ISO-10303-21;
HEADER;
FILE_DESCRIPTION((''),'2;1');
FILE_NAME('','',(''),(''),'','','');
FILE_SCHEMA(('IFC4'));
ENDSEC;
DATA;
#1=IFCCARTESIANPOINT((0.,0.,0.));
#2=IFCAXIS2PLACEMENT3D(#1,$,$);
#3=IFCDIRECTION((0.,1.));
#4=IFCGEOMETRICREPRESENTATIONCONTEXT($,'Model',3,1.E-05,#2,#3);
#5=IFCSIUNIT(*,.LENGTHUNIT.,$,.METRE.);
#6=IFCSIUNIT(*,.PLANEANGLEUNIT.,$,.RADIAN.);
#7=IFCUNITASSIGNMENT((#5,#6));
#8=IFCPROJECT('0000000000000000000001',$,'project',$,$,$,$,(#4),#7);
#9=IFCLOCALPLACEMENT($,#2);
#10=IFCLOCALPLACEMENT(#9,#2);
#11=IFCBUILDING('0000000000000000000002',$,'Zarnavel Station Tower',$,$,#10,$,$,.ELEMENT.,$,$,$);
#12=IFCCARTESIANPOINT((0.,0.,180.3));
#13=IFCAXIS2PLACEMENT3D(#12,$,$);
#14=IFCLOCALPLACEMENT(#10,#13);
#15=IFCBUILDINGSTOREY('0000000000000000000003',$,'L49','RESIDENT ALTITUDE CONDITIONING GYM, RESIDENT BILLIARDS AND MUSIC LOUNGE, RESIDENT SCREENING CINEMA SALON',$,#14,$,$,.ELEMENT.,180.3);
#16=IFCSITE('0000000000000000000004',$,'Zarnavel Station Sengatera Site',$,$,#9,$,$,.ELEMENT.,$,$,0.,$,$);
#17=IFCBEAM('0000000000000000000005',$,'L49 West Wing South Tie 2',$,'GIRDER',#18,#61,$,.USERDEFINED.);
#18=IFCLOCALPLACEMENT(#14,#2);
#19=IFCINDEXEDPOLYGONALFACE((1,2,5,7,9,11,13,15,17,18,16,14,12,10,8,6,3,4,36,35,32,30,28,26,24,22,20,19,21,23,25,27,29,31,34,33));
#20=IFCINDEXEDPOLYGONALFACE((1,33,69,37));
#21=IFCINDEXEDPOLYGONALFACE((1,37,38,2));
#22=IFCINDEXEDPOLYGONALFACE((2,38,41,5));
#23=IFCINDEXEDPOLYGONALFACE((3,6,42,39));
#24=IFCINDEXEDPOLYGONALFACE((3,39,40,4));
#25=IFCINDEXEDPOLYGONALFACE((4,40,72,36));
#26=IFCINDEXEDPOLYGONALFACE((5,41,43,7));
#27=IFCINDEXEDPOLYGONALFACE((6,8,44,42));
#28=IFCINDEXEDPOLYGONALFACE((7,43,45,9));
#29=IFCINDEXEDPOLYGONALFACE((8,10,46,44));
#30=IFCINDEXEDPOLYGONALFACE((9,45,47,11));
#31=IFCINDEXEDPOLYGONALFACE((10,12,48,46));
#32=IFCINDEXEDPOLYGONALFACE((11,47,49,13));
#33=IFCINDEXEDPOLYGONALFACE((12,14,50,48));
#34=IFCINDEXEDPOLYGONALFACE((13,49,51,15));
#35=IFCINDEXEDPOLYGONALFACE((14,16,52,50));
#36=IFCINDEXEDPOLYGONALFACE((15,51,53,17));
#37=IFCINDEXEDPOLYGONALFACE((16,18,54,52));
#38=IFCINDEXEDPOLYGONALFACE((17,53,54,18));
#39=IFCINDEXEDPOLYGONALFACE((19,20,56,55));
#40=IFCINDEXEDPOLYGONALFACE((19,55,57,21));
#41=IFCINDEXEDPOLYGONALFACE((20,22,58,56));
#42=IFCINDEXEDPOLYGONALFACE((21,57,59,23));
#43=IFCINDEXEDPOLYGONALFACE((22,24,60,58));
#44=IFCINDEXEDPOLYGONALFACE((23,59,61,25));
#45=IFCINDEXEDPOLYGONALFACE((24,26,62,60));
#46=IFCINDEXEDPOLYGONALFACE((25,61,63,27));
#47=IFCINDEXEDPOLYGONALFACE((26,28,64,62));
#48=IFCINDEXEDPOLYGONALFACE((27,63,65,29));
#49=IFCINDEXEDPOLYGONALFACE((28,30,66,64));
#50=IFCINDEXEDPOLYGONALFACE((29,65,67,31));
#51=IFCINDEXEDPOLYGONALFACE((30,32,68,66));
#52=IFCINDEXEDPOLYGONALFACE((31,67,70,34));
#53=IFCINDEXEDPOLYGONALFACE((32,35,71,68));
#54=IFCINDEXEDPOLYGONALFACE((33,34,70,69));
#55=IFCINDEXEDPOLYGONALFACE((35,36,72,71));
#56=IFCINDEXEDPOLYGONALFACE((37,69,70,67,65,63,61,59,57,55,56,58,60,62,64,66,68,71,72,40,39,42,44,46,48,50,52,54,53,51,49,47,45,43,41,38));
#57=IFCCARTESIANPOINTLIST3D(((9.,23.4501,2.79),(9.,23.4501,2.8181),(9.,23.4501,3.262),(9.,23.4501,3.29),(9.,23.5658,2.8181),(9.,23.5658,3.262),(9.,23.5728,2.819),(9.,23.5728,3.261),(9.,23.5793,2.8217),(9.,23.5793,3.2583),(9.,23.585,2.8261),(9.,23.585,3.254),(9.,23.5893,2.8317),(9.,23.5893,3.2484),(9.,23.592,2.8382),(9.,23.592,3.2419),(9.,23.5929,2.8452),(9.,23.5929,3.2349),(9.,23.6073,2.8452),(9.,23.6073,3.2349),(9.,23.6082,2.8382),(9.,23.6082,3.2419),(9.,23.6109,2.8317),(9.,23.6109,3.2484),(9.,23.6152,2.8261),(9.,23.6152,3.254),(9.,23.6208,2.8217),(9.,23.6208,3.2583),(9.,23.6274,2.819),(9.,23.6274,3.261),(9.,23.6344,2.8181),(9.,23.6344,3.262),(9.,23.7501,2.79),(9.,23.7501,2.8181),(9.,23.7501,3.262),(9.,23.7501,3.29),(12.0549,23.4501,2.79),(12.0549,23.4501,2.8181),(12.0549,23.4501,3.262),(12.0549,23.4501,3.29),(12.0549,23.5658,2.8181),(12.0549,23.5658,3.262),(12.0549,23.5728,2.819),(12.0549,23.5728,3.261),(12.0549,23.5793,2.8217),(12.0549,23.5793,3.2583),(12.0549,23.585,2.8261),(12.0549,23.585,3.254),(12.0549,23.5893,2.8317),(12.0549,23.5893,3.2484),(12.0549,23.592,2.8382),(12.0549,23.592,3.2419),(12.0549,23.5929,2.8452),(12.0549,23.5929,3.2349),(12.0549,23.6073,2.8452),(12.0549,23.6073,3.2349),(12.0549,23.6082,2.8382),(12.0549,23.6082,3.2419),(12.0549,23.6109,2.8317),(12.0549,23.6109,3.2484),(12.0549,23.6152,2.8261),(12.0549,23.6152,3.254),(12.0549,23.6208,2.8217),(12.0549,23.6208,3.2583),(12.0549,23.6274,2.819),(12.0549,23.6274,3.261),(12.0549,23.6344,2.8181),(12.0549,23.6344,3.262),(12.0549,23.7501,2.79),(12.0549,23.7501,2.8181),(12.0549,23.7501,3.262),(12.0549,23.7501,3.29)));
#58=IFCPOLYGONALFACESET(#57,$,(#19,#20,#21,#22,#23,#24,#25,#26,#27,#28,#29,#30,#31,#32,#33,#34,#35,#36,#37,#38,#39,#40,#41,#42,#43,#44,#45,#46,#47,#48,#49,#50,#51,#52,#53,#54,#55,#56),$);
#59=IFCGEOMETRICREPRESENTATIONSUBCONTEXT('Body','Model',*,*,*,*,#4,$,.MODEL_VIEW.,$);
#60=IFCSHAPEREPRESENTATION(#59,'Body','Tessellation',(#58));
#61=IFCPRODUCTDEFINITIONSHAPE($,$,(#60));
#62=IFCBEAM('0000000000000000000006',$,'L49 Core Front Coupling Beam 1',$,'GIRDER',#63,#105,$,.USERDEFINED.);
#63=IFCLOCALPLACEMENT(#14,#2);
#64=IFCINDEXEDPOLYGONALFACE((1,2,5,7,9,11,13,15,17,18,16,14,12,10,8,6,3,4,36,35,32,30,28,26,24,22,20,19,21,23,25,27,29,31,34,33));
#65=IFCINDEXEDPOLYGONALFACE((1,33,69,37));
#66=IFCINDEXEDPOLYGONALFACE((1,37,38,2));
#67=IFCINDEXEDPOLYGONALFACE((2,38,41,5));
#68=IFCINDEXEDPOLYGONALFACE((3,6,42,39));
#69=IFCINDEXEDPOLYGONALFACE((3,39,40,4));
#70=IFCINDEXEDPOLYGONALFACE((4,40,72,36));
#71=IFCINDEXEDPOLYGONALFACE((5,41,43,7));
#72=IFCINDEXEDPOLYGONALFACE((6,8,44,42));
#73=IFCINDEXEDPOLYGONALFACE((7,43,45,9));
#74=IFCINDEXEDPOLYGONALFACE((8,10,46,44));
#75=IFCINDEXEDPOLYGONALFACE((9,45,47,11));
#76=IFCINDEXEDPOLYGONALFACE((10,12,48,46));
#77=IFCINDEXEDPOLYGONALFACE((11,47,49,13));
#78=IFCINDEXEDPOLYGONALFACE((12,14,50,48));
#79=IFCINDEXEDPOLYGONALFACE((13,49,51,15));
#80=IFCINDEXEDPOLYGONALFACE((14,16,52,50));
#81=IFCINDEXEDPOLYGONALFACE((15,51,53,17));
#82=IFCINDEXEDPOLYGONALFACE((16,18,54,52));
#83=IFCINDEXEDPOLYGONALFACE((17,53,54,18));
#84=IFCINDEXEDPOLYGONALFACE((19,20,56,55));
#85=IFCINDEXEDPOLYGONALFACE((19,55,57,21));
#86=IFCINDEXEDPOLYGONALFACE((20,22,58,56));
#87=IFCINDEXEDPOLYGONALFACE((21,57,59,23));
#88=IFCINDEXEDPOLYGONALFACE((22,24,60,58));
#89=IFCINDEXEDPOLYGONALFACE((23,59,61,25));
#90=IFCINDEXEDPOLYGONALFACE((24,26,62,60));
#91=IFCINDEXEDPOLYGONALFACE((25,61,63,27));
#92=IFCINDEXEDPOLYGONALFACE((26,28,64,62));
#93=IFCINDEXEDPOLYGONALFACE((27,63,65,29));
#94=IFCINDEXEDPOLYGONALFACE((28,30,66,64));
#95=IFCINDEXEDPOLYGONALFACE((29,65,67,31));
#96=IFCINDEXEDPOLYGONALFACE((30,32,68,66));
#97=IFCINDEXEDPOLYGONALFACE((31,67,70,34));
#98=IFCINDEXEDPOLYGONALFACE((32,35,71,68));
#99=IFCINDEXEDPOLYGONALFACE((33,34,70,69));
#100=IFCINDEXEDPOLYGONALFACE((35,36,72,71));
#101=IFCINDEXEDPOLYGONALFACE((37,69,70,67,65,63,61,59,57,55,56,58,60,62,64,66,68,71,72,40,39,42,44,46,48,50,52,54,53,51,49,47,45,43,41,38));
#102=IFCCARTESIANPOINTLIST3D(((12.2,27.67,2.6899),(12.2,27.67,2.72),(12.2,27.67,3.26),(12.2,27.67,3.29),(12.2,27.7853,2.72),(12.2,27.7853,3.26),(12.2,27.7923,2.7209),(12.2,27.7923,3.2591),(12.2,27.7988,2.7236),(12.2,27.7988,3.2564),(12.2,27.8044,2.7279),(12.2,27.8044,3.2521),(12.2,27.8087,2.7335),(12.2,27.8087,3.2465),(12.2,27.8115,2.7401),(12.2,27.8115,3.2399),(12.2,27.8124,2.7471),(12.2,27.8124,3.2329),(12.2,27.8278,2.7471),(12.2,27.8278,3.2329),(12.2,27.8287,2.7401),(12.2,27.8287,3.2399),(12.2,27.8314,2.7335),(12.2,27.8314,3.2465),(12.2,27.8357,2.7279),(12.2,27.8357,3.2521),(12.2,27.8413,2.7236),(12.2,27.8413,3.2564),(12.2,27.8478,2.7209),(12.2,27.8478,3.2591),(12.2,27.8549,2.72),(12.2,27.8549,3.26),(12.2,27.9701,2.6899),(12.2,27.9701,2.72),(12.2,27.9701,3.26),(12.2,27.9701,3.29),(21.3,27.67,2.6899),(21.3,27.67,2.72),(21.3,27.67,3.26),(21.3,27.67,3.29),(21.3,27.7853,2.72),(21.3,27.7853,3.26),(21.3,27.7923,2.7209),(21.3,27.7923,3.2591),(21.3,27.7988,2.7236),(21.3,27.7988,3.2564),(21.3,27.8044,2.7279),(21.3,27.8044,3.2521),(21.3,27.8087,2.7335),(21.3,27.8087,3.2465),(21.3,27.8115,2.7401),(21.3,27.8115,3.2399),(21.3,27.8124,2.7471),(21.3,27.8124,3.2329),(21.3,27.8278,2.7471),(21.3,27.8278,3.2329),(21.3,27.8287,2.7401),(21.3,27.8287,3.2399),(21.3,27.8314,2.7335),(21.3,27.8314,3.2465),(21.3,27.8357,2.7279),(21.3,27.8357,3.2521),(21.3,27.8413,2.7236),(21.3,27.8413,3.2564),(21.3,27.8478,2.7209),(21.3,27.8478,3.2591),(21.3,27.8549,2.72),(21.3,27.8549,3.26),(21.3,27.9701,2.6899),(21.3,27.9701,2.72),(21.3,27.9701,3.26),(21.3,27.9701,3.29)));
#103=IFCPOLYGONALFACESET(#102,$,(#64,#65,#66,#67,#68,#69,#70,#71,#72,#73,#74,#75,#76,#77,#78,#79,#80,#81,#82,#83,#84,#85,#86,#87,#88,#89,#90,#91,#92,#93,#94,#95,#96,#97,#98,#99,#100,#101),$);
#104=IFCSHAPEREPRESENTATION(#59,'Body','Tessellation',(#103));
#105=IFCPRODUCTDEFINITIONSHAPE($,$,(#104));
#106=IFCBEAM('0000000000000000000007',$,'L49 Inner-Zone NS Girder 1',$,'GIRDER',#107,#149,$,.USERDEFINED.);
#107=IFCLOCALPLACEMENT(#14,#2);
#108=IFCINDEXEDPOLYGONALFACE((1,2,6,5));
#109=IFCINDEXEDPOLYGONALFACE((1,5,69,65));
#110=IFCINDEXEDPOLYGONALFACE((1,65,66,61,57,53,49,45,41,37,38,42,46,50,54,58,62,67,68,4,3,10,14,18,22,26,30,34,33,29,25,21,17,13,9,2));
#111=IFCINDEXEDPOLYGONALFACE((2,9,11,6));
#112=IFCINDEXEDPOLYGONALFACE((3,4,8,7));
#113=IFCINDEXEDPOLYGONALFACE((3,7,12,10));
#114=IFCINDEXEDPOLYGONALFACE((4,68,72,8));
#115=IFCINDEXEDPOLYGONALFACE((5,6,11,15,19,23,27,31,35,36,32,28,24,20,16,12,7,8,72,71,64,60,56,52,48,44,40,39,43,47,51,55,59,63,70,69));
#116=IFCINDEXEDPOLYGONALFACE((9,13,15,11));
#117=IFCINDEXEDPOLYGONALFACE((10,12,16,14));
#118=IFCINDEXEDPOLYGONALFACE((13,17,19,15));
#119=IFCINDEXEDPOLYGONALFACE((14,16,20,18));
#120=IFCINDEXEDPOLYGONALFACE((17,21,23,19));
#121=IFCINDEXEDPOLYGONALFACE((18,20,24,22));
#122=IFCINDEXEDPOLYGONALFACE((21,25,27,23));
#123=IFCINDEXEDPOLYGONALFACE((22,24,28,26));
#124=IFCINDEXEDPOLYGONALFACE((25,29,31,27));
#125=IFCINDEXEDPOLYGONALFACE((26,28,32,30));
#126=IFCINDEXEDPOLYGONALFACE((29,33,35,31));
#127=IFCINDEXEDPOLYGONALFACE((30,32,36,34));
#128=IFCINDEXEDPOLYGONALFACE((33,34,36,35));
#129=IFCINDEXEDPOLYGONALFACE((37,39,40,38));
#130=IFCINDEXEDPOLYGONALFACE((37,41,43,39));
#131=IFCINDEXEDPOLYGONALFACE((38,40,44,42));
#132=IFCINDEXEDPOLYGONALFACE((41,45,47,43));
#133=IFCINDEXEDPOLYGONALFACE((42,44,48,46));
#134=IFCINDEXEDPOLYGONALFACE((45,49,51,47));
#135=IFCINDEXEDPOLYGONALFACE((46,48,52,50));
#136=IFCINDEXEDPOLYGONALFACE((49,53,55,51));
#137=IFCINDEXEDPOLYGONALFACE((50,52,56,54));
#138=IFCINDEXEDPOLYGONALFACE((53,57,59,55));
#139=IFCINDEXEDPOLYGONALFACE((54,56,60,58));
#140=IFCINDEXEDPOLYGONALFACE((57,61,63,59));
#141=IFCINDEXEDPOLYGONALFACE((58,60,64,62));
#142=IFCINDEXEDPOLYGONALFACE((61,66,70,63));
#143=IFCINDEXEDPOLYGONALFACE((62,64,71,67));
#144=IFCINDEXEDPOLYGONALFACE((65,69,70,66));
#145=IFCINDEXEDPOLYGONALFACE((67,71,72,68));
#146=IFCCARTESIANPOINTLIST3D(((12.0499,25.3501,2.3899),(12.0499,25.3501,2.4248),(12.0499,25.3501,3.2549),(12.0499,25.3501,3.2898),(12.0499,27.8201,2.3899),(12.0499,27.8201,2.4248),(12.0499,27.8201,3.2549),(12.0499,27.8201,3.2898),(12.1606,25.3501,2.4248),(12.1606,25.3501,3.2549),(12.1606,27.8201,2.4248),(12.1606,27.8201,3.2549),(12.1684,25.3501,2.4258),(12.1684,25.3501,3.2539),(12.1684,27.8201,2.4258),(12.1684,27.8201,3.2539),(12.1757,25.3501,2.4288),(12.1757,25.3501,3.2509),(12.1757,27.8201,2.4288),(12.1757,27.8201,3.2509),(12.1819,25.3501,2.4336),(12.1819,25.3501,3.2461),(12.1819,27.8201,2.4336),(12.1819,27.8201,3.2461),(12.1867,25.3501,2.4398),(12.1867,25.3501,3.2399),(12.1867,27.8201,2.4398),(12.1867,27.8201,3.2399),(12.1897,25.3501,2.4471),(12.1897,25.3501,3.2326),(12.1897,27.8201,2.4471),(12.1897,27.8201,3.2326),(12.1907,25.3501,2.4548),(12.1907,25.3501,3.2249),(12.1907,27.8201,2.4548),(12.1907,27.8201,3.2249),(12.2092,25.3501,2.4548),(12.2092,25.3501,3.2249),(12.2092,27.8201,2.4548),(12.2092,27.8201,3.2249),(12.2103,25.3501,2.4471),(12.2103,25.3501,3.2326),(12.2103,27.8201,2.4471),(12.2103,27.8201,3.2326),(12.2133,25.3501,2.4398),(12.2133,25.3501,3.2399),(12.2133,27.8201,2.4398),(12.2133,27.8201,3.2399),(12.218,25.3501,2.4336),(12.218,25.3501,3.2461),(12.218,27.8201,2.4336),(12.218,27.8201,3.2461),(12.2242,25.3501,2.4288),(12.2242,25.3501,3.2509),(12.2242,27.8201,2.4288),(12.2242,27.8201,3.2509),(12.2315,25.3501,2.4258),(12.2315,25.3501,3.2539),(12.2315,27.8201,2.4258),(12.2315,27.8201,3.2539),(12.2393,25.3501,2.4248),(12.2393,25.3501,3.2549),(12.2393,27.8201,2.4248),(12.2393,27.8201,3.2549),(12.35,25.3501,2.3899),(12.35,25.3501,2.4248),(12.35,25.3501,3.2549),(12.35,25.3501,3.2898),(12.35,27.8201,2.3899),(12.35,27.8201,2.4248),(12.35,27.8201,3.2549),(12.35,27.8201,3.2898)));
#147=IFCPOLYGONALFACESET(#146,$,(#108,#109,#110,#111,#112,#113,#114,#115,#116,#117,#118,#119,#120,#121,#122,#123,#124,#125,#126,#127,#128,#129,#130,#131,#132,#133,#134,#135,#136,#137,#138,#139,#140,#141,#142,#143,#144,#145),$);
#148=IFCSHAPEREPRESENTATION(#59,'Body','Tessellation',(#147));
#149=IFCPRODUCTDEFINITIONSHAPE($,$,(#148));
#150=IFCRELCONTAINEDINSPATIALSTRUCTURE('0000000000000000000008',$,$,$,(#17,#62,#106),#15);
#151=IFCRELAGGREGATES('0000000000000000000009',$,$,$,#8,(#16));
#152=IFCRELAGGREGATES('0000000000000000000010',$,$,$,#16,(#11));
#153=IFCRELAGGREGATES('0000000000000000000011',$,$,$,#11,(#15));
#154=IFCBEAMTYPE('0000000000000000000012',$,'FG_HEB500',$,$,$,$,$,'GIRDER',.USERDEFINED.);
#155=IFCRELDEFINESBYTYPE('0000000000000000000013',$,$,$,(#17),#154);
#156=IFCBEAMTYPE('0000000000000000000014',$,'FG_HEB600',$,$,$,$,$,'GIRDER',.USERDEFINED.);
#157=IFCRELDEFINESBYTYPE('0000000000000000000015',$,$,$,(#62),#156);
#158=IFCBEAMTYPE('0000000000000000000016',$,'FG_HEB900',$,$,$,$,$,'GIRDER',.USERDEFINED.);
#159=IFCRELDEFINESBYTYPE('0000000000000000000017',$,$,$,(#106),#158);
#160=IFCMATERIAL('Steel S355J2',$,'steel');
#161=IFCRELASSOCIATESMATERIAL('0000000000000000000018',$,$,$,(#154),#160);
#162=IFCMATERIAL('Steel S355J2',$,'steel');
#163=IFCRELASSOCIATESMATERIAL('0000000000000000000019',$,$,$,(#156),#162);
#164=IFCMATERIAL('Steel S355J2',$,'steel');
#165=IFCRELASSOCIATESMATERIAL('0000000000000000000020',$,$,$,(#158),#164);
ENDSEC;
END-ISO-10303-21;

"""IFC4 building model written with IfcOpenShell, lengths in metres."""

from ifc_helpers import new_model, si_unit, direction, frame, origin, origin_2d, place, context, subcontext, project, spatial, i_section, extrude, material, material_profile, profile_set, type_object, element, save


model = new_model("IFC4")

# Units and contexts
model_context = context("Model", 3, precision=1e-05, world=origin(), true_north=direction((0.0, 1.0)))
body_context = subcontext(model_context, "Body", "Model", "MODEL_VIEW")
ifc_project = project(units=[si_unit("LENGTHUNIT", "METRE"), si_unit("PLANEANGLEUNIT", "RADIAN")], contexts=[model_context])

# Site, building, storey
site_placement = place(None, origin())
site = spatial("IfcSite", under=ifc_project, at=site_placement, Name="Zarnavel Station Sengatera Site", CompositionType="ELEMENT", RefElevation=0.0)
building_placement = place(site_placement, origin())
building = spatial("IfcBuilding", under=site, at=building_placement, Name="Zarnavel Station Tower", CompositionType="ELEMENT")
storey_placement = place(building_placement, frame((0.0, 0.0, 180.3)))
storey = spatial("IfcBuildingStorey", under=building, at=storey_placement, Name="L49", Description="RESIDENT ALTITUDE CONDITIONING GYM, RESIDENT BILLIARDS AND MUSIC LOUNGE, RESIDENT SCREENING CINEMA SALON", CompositionType="ELEMENT", Elevation=180.3)

# Beams
ifc_material_1 = material(Name="Steel S355J2", Category="steel")
ifc_material_profile_1 = material_profile(ifc_material_1, i_section(OverallWidth=0.3, OverallDepth=0.5, WebThickness=0.0144, FlangeThickness=0.0281, FilletRadius=0.0271, at=origin_2d()), Name="HEB500")
ifc_profile_set_1 = profile_set([ifc_material_profile_1], Name="Steel S355J2")
beam_type_1 = type_object("IfcBeamType", Name="FG_HEB500", ElementType="GIRDER", PredefinedType="USERDEFINED", material=ifc_profile_set_1)
beam_1_placement = place(storey_placement, frame((9.0, 23.6001, 3.04), z_axis=(1.0, 0.0, 0.0), x_axis=(0.0, 1.0, 0.0)))
element("IfcBeam", 1, at=beam_1_placement, inside=storey, type_object=beam_type_1, Name="L49 West Wing South Tie 2", ObjectType="GIRDER", PredefinedType="USERDEFINED", context=body_context, shape_type="SweptSolid", body=[
    extrude(i_section(OverallWidth=0.3, OverallDepth=0.5, WebThickness=0.0144, FlangeThickness=0.0281, FilletRadius=0.0271, at=origin_2d()), origin(), (0.0, 0.0, 1.0), 3.0549),
])
ifc_material_2 = material(Name="Steel S355J2", Category="steel")
ifc_material_profile_2 = material_profile(ifc_material_2, i_section(OverallWidth=0.3, OverallDepth=0.6001, WebThickness=0.0154, FlangeThickness=0.03, FilletRadius=0.0271, at=origin_2d()), Name="HEB600")
ifc_profile_set_2 = profile_set([ifc_material_profile_2], Name="Steel S355J2")
beam_type_2 = type_object("IfcBeamType", Name="FG_HEB600", ElementType="GIRDER", PredefinedType="USERDEFINED", material=ifc_profile_set_2)
beam_2_placement = place(storey_placement, frame((12.2, 27.8201, 2.99), z_axis=(1.0, 0.0, 0.0), x_axis=(0.0, 1.0, 0.0)))
element("IfcBeam", 2, at=beam_2_placement, inside=storey, type_object=beam_type_2, Name="L49 Core Front Coupling Beam 1", ObjectType="GIRDER", PredefinedType="USERDEFINED", context=body_context, shape_type="SweptSolid", body=[
    extrude(i_section(OverallWidth=0.3, OverallDepth=0.6001, WebThickness=0.0154, FlangeThickness=0.03, FilletRadius=0.0271, at=origin_2d()), origin(), (0.0, 0.0, 1.0), 9.1001),
])
ifc_material_3 = material(Name="Steel S355J2", Category="steel")
ifc_material_profile_3 = material_profile(ifc_material_3, i_section(OverallWidth=0.3, OverallDepth=0.8999, WebThickness=0.0186, FlangeThickness=0.0349, FilletRadius=0.03, at=origin_2d()), Name="HEB900")
ifc_profile_set_3 = profile_set([ifc_material_profile_3], Name="Steel S355J2")
beam_type_3 = type_object("IfcBeamType", Name="FG_HEB900", ElementType="GIRDER", PredefinedType="USERDEFINED", material=ifc_profile_set_3)
beam_3_placement = place(storey_placement, frame((12.2, 25.3501, 2.8398), z_axis=(0.0, 1.0, 0.0), x_axis=(-1.0, 0.0, 0.0)))
element("IfcBeam", 3, at=beam_3_placement, inside=storey, type_object=beam_type_3, Name="L49 Inner-Zone NS Girder 1", ObjectType="GIRDER", PredefinedType="USERDEFINED", context=body_context, shape_type="SweptSolid", body=[
    extrude(i_section(OverallWidth=0.3, OverallDepth=0.8999, WebThickness=0.0186, FlangeThickness=0.0349, FilletRadius=0.03, at=origin_2d()), origin(), (0.0, 0.0, 1.0), 2.47),
])

save(model, "model.ifc")
